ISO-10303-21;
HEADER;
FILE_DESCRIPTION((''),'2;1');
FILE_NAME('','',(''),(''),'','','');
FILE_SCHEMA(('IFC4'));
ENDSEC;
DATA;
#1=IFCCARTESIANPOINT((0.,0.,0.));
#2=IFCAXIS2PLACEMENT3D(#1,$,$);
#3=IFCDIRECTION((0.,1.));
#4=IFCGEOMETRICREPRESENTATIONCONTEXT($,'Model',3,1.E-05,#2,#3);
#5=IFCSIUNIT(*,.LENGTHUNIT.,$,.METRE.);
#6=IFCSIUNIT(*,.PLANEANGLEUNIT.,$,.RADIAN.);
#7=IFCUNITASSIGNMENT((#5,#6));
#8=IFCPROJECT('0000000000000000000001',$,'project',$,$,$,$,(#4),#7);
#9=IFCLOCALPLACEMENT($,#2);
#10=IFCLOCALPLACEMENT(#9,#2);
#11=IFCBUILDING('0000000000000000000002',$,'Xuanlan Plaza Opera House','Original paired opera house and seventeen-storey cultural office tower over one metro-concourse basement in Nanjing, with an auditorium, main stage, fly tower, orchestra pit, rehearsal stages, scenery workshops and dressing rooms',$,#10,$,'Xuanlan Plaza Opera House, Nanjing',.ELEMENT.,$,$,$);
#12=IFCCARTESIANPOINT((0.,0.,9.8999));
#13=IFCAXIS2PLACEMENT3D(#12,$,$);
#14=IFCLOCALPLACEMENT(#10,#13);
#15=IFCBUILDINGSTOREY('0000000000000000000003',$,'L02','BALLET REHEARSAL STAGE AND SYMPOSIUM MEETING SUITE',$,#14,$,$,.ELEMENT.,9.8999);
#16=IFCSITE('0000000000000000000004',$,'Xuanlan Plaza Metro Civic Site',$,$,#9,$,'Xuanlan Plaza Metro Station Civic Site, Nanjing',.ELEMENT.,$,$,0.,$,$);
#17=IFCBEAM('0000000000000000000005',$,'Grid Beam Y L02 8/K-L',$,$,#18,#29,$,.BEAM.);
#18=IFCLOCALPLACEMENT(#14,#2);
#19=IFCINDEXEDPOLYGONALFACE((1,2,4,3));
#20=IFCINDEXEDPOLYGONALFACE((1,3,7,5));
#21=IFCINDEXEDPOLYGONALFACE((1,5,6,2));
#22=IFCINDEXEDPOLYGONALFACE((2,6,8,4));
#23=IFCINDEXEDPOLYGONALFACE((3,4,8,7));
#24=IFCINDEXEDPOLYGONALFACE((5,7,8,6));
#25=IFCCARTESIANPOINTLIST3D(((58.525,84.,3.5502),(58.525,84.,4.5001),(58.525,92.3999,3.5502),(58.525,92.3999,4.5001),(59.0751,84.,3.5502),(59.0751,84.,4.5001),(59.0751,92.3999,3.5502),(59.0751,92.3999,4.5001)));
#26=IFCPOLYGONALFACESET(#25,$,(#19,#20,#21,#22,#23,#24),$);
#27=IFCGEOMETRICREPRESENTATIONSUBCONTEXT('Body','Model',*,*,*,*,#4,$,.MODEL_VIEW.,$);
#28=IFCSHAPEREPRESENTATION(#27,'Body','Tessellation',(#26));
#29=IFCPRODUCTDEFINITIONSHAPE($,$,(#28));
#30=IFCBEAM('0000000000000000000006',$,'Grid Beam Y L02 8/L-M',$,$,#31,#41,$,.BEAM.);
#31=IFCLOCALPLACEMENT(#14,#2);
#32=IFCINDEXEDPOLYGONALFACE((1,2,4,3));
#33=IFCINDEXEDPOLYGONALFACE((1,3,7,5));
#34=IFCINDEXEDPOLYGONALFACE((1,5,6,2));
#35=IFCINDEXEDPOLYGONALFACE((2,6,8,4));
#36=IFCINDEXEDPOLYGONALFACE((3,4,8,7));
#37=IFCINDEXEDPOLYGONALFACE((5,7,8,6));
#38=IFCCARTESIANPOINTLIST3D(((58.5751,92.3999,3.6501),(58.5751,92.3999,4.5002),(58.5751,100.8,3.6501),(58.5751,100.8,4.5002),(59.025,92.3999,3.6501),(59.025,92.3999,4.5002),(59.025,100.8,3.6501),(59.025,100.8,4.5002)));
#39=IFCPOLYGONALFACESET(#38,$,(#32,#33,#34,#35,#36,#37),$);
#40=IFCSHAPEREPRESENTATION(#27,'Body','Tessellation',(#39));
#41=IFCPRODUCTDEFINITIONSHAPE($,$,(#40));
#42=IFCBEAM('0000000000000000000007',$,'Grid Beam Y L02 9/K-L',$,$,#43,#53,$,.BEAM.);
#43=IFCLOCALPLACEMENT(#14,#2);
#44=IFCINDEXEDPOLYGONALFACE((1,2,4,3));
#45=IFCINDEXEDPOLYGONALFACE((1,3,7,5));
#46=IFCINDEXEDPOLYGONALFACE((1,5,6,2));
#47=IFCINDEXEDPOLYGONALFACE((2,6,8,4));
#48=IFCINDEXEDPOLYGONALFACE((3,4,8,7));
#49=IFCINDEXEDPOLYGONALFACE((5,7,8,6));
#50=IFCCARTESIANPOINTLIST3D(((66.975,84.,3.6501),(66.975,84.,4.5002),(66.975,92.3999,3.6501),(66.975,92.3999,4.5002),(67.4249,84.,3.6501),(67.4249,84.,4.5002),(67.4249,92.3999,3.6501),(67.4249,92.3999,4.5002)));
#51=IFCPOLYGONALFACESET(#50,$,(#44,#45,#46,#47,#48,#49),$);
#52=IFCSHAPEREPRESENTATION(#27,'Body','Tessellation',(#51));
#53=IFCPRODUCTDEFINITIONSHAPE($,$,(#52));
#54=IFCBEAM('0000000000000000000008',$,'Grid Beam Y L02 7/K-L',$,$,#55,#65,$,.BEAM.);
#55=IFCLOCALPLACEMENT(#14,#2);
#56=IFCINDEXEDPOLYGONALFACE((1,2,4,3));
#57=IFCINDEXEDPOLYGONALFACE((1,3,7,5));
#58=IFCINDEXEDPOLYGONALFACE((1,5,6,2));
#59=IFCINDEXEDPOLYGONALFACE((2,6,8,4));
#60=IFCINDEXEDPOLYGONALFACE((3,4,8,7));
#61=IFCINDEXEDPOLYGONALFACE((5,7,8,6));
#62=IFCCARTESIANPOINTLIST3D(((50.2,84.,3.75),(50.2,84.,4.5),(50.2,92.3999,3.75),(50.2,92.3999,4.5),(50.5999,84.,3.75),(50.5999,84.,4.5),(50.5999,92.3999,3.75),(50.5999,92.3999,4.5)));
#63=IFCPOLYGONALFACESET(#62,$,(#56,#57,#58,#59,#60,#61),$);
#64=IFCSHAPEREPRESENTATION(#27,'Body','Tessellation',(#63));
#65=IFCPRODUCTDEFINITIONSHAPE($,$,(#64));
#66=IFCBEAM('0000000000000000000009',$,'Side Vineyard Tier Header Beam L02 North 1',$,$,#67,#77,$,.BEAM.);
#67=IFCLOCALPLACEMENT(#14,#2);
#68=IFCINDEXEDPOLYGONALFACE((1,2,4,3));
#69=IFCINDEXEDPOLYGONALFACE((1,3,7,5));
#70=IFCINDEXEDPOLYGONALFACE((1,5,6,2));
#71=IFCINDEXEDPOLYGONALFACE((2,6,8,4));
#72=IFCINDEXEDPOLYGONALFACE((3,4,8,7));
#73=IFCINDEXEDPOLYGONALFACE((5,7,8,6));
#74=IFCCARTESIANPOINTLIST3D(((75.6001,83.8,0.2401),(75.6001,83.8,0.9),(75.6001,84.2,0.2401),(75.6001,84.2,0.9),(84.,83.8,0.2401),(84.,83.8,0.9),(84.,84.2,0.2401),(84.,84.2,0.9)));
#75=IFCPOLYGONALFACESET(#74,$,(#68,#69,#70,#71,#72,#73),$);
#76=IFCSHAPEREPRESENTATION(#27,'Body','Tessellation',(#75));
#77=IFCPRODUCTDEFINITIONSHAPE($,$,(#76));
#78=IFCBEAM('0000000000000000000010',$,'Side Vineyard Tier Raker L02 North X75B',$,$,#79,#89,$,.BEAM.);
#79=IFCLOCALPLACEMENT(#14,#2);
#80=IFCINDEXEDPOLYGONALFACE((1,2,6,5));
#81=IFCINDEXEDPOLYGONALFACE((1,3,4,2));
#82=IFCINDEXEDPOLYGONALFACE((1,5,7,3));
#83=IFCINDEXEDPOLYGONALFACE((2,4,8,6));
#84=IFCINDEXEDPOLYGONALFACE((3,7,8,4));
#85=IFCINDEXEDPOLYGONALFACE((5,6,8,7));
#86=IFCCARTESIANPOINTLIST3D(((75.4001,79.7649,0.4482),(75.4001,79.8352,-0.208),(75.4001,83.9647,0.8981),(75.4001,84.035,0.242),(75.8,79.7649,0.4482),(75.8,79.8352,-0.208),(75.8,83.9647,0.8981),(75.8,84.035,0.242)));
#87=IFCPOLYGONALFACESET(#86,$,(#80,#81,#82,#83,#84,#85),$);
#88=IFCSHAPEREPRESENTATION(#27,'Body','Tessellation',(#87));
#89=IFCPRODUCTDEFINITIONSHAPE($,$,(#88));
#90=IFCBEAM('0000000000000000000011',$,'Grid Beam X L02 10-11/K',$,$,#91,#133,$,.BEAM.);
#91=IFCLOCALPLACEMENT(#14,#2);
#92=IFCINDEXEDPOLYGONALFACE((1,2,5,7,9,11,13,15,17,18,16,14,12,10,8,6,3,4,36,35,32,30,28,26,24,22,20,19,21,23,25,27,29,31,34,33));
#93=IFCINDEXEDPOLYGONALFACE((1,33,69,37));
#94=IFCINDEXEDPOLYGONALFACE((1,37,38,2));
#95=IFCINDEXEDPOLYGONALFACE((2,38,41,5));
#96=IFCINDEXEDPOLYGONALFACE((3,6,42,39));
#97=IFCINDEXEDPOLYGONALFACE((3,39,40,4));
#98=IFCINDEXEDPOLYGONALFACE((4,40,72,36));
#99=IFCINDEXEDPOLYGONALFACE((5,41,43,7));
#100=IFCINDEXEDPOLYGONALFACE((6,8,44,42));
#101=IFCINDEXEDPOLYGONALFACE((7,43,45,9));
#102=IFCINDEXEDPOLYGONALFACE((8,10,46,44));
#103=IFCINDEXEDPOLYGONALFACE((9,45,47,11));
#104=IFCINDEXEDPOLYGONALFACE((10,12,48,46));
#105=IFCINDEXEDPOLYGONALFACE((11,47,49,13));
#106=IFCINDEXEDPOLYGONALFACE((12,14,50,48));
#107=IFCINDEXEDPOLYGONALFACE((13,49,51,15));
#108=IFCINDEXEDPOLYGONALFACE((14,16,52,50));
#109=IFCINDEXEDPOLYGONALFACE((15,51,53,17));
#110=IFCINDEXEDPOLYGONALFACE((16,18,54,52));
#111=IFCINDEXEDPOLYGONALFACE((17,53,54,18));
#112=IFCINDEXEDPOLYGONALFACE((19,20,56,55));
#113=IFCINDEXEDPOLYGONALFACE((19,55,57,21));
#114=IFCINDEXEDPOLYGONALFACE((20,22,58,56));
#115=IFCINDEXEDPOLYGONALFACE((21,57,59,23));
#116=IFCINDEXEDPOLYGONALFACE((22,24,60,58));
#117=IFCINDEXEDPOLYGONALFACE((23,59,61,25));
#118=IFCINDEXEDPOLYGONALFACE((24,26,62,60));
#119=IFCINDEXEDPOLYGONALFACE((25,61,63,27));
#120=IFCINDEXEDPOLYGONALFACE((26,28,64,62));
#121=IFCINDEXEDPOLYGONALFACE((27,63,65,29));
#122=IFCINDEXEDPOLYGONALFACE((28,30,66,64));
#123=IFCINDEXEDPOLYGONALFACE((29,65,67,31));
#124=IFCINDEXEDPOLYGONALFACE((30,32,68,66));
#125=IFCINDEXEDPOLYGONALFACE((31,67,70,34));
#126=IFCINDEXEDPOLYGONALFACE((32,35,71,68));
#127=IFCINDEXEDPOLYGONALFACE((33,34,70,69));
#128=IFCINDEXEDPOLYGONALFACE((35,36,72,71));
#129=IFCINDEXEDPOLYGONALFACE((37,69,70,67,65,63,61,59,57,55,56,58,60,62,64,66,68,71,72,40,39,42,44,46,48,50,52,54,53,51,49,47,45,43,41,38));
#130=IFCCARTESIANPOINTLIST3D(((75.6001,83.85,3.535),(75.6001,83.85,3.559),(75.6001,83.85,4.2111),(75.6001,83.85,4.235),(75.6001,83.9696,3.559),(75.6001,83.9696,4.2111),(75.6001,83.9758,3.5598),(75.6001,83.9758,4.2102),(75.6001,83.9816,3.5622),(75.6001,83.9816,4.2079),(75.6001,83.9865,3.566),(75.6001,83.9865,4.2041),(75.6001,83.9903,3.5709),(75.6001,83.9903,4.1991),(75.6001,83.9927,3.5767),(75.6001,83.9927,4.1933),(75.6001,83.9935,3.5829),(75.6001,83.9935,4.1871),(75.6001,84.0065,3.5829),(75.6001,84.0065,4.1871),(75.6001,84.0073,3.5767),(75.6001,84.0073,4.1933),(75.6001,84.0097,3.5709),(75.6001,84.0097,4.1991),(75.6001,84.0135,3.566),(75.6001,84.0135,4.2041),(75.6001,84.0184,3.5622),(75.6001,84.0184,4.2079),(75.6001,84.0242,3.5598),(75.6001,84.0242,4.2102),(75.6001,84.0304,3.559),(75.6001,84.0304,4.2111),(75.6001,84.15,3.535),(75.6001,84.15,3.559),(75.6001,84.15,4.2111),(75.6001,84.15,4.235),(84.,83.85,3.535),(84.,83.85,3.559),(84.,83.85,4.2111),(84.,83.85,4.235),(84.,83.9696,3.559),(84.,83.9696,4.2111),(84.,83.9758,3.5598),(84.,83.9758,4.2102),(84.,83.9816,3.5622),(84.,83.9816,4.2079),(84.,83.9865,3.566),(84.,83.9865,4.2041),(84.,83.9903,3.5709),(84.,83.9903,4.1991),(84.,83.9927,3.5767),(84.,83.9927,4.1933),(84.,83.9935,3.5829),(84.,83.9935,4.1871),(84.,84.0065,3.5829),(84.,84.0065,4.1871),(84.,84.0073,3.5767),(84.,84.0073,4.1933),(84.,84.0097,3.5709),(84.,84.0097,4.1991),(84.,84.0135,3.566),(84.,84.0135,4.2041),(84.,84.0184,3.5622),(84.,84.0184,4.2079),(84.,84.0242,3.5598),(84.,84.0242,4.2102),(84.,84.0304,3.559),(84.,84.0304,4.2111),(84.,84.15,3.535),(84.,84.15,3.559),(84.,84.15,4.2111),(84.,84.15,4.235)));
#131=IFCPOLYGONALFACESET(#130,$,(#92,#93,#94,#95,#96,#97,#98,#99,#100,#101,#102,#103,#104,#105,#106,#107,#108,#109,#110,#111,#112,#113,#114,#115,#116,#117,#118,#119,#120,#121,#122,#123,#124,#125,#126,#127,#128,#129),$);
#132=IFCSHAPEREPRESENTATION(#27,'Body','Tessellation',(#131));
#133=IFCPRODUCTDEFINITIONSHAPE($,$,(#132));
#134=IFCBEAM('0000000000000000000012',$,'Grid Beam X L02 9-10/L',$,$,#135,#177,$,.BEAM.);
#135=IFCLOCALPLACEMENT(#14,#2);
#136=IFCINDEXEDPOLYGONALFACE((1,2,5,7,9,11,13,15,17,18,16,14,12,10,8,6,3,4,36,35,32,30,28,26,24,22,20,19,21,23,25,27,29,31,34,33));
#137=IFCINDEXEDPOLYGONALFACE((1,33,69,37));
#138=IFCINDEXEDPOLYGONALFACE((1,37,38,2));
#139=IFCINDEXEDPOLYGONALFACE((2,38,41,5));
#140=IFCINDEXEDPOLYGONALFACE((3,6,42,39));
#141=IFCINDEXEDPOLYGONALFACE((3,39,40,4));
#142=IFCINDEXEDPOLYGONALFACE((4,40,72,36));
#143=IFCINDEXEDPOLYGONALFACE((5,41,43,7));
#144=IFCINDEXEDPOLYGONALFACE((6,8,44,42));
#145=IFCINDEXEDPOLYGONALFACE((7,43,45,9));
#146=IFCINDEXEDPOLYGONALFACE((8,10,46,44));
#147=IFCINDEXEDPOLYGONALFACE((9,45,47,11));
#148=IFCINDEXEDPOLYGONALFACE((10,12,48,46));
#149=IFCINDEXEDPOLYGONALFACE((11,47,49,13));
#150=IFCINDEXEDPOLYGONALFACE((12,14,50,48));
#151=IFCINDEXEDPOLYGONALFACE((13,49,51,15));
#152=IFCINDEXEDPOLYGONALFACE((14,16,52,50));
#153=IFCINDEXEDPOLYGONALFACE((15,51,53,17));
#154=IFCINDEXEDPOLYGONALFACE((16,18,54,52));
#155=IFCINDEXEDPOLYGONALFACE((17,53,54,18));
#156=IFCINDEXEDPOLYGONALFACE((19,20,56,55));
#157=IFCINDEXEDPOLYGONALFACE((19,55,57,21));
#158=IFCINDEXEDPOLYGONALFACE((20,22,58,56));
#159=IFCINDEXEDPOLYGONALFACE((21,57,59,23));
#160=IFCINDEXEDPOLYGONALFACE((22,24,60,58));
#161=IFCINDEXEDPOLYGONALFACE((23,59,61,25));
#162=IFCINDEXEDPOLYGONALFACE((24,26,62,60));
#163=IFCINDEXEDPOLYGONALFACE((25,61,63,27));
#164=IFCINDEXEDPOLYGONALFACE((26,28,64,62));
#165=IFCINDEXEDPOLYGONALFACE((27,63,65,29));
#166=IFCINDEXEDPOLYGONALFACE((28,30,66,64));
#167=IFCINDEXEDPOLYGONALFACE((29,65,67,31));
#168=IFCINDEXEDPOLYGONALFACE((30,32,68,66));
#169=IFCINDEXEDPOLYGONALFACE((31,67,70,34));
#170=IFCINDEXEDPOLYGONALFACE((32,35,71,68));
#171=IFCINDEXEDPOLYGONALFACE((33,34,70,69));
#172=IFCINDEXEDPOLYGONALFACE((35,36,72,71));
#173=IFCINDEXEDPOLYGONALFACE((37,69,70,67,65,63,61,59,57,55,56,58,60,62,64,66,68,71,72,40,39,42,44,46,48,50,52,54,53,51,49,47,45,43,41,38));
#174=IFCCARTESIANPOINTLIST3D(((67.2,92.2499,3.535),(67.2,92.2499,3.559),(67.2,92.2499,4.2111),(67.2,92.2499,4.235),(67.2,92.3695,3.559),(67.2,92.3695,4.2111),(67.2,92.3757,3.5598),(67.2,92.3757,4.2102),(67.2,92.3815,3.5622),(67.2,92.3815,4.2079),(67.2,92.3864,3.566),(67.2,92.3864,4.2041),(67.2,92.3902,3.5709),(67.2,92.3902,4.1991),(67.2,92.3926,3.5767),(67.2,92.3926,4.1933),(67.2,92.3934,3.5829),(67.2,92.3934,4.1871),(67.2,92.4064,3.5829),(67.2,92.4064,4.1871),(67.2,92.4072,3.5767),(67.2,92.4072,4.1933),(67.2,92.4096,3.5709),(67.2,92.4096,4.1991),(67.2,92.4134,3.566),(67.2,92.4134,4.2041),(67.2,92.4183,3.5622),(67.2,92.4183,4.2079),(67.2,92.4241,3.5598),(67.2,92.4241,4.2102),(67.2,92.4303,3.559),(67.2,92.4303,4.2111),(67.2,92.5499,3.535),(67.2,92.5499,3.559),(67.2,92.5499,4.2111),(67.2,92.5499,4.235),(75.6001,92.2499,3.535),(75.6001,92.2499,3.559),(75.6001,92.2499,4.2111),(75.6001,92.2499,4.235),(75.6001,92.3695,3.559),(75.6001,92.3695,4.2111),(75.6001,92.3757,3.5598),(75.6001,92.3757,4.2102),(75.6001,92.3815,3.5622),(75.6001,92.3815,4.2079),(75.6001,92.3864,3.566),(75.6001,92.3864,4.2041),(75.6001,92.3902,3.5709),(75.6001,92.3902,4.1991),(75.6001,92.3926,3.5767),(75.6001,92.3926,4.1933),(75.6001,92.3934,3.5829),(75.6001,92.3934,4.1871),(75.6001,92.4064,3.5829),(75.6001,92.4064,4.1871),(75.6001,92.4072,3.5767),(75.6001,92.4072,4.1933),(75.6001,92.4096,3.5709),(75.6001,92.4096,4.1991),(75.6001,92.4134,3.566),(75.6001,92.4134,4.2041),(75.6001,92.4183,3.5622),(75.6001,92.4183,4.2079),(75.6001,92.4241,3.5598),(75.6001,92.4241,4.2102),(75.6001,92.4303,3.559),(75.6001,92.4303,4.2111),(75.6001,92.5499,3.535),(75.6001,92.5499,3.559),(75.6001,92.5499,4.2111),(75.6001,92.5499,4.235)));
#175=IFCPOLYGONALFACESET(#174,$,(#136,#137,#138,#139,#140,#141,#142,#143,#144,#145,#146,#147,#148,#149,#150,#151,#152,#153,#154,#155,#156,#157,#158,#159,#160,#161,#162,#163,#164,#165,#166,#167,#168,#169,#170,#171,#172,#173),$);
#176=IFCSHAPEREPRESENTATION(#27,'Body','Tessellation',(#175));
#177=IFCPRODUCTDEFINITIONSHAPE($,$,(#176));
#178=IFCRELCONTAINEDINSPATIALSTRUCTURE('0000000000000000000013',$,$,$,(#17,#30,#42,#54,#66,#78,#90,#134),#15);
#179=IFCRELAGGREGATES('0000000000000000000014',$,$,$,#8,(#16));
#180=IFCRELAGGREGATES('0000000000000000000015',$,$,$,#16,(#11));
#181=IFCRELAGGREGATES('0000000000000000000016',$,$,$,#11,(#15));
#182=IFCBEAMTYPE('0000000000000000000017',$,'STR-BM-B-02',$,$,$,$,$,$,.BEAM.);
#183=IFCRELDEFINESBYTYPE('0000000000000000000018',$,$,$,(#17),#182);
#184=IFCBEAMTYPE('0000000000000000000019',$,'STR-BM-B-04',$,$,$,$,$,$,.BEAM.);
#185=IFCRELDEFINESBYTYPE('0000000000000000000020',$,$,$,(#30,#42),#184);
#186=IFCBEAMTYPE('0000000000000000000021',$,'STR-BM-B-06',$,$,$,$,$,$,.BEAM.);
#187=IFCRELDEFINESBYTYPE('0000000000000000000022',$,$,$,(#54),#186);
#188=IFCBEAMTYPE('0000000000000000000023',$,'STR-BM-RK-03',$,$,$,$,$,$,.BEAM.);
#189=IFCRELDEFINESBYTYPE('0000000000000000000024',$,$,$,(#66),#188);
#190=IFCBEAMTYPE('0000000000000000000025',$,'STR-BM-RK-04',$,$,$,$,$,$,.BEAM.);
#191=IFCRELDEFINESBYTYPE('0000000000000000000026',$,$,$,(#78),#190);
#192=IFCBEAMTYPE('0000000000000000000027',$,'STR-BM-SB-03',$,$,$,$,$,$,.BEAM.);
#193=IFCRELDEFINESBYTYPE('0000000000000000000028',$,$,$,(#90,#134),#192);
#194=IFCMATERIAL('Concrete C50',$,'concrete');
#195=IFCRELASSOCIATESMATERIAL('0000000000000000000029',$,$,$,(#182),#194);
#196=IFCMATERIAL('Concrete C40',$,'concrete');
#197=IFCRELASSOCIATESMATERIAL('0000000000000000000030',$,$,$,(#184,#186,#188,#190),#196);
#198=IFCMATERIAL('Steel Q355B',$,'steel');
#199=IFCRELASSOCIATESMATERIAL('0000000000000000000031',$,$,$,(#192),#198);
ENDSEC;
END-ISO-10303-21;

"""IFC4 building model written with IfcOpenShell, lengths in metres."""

from ifc_helpers import new_model, si_unit, direction, frame, origin, origin_2d, place, context, subcontext, project, spatial, rectangle, i_section, extrude, material, material_profile, profile_set, type_object, element, save


model = new_model("IFC4")

# Units and contexts
model_context = context("Model", 3, precision=1e-05, world=origin(), true_north=direction((0.0, 1.0)))
body_context = subcontext(model_context, "Body", "Model", "MODEL_VIEW")
ifc_project = project(units=[si_unit("LENGTHUNIT", "METRE"), si_unit("PLANEANGLEUNIT", "RADIAN")], contexts=[model_context])

# Site, building, storey
site_placement = place(None, origin())
site = spatial("IfcSite", under=ifc_project, at=site_placement, Name="Xuanlan Plaza Metro Civic Site", LongName="Xuanlan Plaza Metro Station Civic Site, Nanjing", CompositionType="ELEMENT", RefElevation=0.0)
building_placement = place(site_placement, origin())
building = spatial("IfcBuilding", under=site, at=building_placement, Name="Xuanlan Plaza Opera House", Description="Original paired opera house and seventeen-storey cultural office tower over one metro-concourse basement in Nanjing, with an auditorium, main stage, fly tower, orchestra pit, rehearsal stages, scenery workshops and dressing rooms", LongName="Xuanlan Plaza Opera House, Nanjing", CompositionType="ELEMENT")
storey_placement = place(building_placement, frame((0.0, 0.0, 9.8999)))
storey = spatial("IfcBuildingStorey", under=building, at=storey_placement, Name="L02", Description="BALLET REHEARSAL STAGE AND SYMPOSIUM MEETING SUITE", CompositionType="ELEMENT", Elevation=9.8999)

# Shared definitions
ifc_material_1 = material(Name="Concrete C40", Category="concrete")
ifc_material_2 = material(Name="Concrete C50", Category="concrete")

# Beams
ifc_material_profile_1 = material_profile(ifc_material_2, rectangle(XDim=0.55, YDim=0.95, at=origin_2d()), Name="RC-BM 550x950")
ifc_profile_set_1 = profile_set([ifc_material_profile_1], Name="Concrete C50")
beam_type_1 = type_object("IfcBeamType", Name="STR-BM-B-02", PredefinedType="BEAM", material=ifc_profile_set_1)
beam_1_placement = place(storey_placement, frame((58.8, 84.0, 4.0251), z_axis=(0.0, 1.0, 0.0), x_axis=(-1.0, 0.0, 0.0)))
element("IfcBeam", 1, at=beam_1_placement, inside=storey, type_object=beam_type_1, Name="Grid Beam Y L02 8/K-L", PredefinedType="BEAM", context=body_context, shape_type="SweptSolid", body=[
    extrude(rectangle(XDim=0.55, YDim=0.95, at=origin_2d()), origin(), (0.0, 0.0, 1.0), 8.3999),
])
ifc_material_profile_2 = material_profile(ifc_material_1, rectangle(XDim=0.45, YDim=0.8501, at=origin_2d()), Name="RC-BM 450x850")
ifc_profile_set_2 = profile_set([ifc_material_profile_2], Name="Concrete C40")
beam_type_2 = type_object("IfcBeamType", Name="STR-BM-B-04", PredefinedType="BEAM", material=ifc_profile_set_2)
beam_2_placement = place(storey_placement, frame((58.8, 92.3999, 4.0752), z_axis=(0.0, 1.0, 0.0), x_axis=(-1.0, 0.0, 0.0)))
element("IfcBeam", 2, at=beam_2_placement, inside=storey, type_object=beam_type_2, Name="Grid Beam Y L02 8/L-M", PredefinedType="BEAM", context=body_context, shape_type="SweptSolid", body=[
    extrude(rectangle(XDim=0.45, YDim=0.8501, at=origin_2d()), origin(), (0.0, 0.0, 1.0), 8.4001),
])
beam_3_placement = place(storey_placement, frame((67.2, 84.0, 4.0752), z_axis=(0.0, 1.0, 0.0), x_axis=(-1.0, 0.0, 0.0)))
element("IfcBeam", 3, at=beam_3_placement, inside=storey, type_object=beam_type_2, Name="Grid Beam Y L02 9/K-L", PredefinedType="BEAM", context=body_context, shape_type="SweptSolid", body=[
    extrude(rectangle(XDim=0.45, YDim=0.8501, at=origin_2d()), origin(), (0.0, 0.0, 1.0), 8.3999),
])
ifc_material_profile_3 = material_profile(ifc_material_1, rectangle(XDim=0.3999, YDim=0.75, at=origin_2d()), Name="RC-BM 400x750")
ifc_profile_set_3 = profile_set([ifc_material_profile_3], Name="Concrete C40")
beam_type_3 = type_object("IfcBeamType", Name="STR-BM-B-06", PredefinedType="BEAM", material=ifc_profile_set_3)
beam_4_placement = place(storey_placement, frame((50.3999, 84.0, 4.125), z_axis=(0.0, 1.0, 0.0), x_axis=(-1.0, 0.0, 0.0)))
element("IfcBeam", 4, at=beam_4_placement, inside=storey, type_object=beam_type_3, Name="Grid Beam Y L02 7/K-L", PredefinedType="BEAM", context=body_context, shape_type="SweptSolid", body=[
    extrude(rectangle(XDim=0.3999, YDim=0.75, at=origin_2d()), origin(), (0.0, 0.0, 1.0), 8.3999),
])
ifc_material_profile_4 = material_profile(ifc_material_1, rectangle(XDim=0.3999, YDim=0.6599, at=origin_2d()), Name="RC-RKR 400x660")
ifc_profile_set_4 = profile_set([ifc_material_profile_4], Name="Concrete C40")
beam_type_4 = type_object("IfcBeamType", Name="STR-BM-RK-03", PredefinedType="BEAM", material=ifc_profile_set_4)
beam_5_placement = place(storey_placement, frame((75.6001, 84.0, 0.5701), z_axis=(1.0, 0.0, 0.0), x_axis=(0.0, 1.0, 0.0)))
element("IfcBeam", 5, at=beam_5_placement, inside=storey, type_object=beam_type_4, Name="Side Vineyard Tier Header Beam L02 North 1", PredefinedType="BEAM", context=body_context, shape_type="SweptSolid", body=[
    extrude(rectangle(XDim=0.3999, YDim=0.6599, at=origin_2d()), origin(), (0.0, 0.0, 1.0), 8.3999),
])
ifc_material_profile_5 = material_profile(ifc_material_1, rectangle(XDim=0.3999, YDim=0.6599, at=origin_2d()), Name="RC-RKR 400x660")
ifc_profile_set_5 = profile_set([ifc_material_profile_5], Name="Concrete C40")
beam_type_5 = type_object("IfcBeamType", Name="STR-BM-RK-04", PredefinedType="BEAM", material=ifc_profile_set_5)
beam_6_placement = place(storey_placement, frame((75.6001, 79.8, 0.1201), z_axis=(0.0, 0.99431, 0.106523), x_axis=(-1.0, 0.0, 0.0)))
element("IfcBeam", 6, at=beam_6_placement, inside=storey, type_object=beam_type_5, Name="Side Vineyard Tier Raker L02 North X75B", PredefinedType="BEAM", context=body_context, shape_type="SweptSolid", body=[
    extrude(rectangle(XDim=0.3999, YDim=0.6599, at=origin_2d()), origin(), (0.0, 0.0, 1.0), 4.2239),
])
ifc_material_3 = material(Name="Steel Q355B", Category="steel")
ifc_material_profile_6 = material_profile(ifc_material_3, i_section(OverallWidth=0.3, OverallDepth=0.7, WebThickness=0.0129, FlangeThickness=0.0239, FilletRadius=0.0239, at=origin_2d()), Name="HN 700x300x13x24")
ifc_profile_set_6 = profile_set([ifc_material_profile_6], Name="Steel Q355B")
beam_type_6 = type_object("IfcBeamType", Name="STR-BM-SB-03", PredefinedType="BEAM", material=ifc_profile_set_6)
beam_7_placement = place(storey_placement, frame((75.6001, 84.0, 3.885), z_axis=(1.0, 0.0, 0.0), x_axis=(0.0, 1.0, 0.0)))
element("IfcBeam", 7, at=beam_7_placement, inside=storey, type_object=beam_type_6, Name="Grid Beam X L02 10-11/K", PredefinedType="BEAM", context=body_context, shape_type="SweptSolid", body=[
    extrude(i_section(OverallWidth=0.3, OverallDepth=0.7, WebThickness=0.0129, FlangeThickness=0.0239, FilletRadius=0.0239, at=origin_2d()), origin(), (0.0, 0.0, 1.0), 8.3999),
])
beam_8_placement = place(storey_placement, frame((67.2, 92.3999, 3.885), z_axis=(1.0, 0.0, 0.0), x_axis=(0.0, 1.0, 0.0)))
element("IfcBeam", 8, at=beam_8_placement, inside=storey, type_object=beam_type_6, Name="Grid Beam X L02 9-10/L", PredefinedType="BEAM", context=body_context, shape_type="SweptSolid", body=[
    extrude(i_section(OverallWidth=0.3, OverallDepth=0.7, WebThickness=0.0129, FlangeThickness=0.0239, FilletRadius=0.0239, at=origin_2d()), origin(), (0.0, 0.0, 1.0), 8.4001),
])

save(model, "model.ifc")
